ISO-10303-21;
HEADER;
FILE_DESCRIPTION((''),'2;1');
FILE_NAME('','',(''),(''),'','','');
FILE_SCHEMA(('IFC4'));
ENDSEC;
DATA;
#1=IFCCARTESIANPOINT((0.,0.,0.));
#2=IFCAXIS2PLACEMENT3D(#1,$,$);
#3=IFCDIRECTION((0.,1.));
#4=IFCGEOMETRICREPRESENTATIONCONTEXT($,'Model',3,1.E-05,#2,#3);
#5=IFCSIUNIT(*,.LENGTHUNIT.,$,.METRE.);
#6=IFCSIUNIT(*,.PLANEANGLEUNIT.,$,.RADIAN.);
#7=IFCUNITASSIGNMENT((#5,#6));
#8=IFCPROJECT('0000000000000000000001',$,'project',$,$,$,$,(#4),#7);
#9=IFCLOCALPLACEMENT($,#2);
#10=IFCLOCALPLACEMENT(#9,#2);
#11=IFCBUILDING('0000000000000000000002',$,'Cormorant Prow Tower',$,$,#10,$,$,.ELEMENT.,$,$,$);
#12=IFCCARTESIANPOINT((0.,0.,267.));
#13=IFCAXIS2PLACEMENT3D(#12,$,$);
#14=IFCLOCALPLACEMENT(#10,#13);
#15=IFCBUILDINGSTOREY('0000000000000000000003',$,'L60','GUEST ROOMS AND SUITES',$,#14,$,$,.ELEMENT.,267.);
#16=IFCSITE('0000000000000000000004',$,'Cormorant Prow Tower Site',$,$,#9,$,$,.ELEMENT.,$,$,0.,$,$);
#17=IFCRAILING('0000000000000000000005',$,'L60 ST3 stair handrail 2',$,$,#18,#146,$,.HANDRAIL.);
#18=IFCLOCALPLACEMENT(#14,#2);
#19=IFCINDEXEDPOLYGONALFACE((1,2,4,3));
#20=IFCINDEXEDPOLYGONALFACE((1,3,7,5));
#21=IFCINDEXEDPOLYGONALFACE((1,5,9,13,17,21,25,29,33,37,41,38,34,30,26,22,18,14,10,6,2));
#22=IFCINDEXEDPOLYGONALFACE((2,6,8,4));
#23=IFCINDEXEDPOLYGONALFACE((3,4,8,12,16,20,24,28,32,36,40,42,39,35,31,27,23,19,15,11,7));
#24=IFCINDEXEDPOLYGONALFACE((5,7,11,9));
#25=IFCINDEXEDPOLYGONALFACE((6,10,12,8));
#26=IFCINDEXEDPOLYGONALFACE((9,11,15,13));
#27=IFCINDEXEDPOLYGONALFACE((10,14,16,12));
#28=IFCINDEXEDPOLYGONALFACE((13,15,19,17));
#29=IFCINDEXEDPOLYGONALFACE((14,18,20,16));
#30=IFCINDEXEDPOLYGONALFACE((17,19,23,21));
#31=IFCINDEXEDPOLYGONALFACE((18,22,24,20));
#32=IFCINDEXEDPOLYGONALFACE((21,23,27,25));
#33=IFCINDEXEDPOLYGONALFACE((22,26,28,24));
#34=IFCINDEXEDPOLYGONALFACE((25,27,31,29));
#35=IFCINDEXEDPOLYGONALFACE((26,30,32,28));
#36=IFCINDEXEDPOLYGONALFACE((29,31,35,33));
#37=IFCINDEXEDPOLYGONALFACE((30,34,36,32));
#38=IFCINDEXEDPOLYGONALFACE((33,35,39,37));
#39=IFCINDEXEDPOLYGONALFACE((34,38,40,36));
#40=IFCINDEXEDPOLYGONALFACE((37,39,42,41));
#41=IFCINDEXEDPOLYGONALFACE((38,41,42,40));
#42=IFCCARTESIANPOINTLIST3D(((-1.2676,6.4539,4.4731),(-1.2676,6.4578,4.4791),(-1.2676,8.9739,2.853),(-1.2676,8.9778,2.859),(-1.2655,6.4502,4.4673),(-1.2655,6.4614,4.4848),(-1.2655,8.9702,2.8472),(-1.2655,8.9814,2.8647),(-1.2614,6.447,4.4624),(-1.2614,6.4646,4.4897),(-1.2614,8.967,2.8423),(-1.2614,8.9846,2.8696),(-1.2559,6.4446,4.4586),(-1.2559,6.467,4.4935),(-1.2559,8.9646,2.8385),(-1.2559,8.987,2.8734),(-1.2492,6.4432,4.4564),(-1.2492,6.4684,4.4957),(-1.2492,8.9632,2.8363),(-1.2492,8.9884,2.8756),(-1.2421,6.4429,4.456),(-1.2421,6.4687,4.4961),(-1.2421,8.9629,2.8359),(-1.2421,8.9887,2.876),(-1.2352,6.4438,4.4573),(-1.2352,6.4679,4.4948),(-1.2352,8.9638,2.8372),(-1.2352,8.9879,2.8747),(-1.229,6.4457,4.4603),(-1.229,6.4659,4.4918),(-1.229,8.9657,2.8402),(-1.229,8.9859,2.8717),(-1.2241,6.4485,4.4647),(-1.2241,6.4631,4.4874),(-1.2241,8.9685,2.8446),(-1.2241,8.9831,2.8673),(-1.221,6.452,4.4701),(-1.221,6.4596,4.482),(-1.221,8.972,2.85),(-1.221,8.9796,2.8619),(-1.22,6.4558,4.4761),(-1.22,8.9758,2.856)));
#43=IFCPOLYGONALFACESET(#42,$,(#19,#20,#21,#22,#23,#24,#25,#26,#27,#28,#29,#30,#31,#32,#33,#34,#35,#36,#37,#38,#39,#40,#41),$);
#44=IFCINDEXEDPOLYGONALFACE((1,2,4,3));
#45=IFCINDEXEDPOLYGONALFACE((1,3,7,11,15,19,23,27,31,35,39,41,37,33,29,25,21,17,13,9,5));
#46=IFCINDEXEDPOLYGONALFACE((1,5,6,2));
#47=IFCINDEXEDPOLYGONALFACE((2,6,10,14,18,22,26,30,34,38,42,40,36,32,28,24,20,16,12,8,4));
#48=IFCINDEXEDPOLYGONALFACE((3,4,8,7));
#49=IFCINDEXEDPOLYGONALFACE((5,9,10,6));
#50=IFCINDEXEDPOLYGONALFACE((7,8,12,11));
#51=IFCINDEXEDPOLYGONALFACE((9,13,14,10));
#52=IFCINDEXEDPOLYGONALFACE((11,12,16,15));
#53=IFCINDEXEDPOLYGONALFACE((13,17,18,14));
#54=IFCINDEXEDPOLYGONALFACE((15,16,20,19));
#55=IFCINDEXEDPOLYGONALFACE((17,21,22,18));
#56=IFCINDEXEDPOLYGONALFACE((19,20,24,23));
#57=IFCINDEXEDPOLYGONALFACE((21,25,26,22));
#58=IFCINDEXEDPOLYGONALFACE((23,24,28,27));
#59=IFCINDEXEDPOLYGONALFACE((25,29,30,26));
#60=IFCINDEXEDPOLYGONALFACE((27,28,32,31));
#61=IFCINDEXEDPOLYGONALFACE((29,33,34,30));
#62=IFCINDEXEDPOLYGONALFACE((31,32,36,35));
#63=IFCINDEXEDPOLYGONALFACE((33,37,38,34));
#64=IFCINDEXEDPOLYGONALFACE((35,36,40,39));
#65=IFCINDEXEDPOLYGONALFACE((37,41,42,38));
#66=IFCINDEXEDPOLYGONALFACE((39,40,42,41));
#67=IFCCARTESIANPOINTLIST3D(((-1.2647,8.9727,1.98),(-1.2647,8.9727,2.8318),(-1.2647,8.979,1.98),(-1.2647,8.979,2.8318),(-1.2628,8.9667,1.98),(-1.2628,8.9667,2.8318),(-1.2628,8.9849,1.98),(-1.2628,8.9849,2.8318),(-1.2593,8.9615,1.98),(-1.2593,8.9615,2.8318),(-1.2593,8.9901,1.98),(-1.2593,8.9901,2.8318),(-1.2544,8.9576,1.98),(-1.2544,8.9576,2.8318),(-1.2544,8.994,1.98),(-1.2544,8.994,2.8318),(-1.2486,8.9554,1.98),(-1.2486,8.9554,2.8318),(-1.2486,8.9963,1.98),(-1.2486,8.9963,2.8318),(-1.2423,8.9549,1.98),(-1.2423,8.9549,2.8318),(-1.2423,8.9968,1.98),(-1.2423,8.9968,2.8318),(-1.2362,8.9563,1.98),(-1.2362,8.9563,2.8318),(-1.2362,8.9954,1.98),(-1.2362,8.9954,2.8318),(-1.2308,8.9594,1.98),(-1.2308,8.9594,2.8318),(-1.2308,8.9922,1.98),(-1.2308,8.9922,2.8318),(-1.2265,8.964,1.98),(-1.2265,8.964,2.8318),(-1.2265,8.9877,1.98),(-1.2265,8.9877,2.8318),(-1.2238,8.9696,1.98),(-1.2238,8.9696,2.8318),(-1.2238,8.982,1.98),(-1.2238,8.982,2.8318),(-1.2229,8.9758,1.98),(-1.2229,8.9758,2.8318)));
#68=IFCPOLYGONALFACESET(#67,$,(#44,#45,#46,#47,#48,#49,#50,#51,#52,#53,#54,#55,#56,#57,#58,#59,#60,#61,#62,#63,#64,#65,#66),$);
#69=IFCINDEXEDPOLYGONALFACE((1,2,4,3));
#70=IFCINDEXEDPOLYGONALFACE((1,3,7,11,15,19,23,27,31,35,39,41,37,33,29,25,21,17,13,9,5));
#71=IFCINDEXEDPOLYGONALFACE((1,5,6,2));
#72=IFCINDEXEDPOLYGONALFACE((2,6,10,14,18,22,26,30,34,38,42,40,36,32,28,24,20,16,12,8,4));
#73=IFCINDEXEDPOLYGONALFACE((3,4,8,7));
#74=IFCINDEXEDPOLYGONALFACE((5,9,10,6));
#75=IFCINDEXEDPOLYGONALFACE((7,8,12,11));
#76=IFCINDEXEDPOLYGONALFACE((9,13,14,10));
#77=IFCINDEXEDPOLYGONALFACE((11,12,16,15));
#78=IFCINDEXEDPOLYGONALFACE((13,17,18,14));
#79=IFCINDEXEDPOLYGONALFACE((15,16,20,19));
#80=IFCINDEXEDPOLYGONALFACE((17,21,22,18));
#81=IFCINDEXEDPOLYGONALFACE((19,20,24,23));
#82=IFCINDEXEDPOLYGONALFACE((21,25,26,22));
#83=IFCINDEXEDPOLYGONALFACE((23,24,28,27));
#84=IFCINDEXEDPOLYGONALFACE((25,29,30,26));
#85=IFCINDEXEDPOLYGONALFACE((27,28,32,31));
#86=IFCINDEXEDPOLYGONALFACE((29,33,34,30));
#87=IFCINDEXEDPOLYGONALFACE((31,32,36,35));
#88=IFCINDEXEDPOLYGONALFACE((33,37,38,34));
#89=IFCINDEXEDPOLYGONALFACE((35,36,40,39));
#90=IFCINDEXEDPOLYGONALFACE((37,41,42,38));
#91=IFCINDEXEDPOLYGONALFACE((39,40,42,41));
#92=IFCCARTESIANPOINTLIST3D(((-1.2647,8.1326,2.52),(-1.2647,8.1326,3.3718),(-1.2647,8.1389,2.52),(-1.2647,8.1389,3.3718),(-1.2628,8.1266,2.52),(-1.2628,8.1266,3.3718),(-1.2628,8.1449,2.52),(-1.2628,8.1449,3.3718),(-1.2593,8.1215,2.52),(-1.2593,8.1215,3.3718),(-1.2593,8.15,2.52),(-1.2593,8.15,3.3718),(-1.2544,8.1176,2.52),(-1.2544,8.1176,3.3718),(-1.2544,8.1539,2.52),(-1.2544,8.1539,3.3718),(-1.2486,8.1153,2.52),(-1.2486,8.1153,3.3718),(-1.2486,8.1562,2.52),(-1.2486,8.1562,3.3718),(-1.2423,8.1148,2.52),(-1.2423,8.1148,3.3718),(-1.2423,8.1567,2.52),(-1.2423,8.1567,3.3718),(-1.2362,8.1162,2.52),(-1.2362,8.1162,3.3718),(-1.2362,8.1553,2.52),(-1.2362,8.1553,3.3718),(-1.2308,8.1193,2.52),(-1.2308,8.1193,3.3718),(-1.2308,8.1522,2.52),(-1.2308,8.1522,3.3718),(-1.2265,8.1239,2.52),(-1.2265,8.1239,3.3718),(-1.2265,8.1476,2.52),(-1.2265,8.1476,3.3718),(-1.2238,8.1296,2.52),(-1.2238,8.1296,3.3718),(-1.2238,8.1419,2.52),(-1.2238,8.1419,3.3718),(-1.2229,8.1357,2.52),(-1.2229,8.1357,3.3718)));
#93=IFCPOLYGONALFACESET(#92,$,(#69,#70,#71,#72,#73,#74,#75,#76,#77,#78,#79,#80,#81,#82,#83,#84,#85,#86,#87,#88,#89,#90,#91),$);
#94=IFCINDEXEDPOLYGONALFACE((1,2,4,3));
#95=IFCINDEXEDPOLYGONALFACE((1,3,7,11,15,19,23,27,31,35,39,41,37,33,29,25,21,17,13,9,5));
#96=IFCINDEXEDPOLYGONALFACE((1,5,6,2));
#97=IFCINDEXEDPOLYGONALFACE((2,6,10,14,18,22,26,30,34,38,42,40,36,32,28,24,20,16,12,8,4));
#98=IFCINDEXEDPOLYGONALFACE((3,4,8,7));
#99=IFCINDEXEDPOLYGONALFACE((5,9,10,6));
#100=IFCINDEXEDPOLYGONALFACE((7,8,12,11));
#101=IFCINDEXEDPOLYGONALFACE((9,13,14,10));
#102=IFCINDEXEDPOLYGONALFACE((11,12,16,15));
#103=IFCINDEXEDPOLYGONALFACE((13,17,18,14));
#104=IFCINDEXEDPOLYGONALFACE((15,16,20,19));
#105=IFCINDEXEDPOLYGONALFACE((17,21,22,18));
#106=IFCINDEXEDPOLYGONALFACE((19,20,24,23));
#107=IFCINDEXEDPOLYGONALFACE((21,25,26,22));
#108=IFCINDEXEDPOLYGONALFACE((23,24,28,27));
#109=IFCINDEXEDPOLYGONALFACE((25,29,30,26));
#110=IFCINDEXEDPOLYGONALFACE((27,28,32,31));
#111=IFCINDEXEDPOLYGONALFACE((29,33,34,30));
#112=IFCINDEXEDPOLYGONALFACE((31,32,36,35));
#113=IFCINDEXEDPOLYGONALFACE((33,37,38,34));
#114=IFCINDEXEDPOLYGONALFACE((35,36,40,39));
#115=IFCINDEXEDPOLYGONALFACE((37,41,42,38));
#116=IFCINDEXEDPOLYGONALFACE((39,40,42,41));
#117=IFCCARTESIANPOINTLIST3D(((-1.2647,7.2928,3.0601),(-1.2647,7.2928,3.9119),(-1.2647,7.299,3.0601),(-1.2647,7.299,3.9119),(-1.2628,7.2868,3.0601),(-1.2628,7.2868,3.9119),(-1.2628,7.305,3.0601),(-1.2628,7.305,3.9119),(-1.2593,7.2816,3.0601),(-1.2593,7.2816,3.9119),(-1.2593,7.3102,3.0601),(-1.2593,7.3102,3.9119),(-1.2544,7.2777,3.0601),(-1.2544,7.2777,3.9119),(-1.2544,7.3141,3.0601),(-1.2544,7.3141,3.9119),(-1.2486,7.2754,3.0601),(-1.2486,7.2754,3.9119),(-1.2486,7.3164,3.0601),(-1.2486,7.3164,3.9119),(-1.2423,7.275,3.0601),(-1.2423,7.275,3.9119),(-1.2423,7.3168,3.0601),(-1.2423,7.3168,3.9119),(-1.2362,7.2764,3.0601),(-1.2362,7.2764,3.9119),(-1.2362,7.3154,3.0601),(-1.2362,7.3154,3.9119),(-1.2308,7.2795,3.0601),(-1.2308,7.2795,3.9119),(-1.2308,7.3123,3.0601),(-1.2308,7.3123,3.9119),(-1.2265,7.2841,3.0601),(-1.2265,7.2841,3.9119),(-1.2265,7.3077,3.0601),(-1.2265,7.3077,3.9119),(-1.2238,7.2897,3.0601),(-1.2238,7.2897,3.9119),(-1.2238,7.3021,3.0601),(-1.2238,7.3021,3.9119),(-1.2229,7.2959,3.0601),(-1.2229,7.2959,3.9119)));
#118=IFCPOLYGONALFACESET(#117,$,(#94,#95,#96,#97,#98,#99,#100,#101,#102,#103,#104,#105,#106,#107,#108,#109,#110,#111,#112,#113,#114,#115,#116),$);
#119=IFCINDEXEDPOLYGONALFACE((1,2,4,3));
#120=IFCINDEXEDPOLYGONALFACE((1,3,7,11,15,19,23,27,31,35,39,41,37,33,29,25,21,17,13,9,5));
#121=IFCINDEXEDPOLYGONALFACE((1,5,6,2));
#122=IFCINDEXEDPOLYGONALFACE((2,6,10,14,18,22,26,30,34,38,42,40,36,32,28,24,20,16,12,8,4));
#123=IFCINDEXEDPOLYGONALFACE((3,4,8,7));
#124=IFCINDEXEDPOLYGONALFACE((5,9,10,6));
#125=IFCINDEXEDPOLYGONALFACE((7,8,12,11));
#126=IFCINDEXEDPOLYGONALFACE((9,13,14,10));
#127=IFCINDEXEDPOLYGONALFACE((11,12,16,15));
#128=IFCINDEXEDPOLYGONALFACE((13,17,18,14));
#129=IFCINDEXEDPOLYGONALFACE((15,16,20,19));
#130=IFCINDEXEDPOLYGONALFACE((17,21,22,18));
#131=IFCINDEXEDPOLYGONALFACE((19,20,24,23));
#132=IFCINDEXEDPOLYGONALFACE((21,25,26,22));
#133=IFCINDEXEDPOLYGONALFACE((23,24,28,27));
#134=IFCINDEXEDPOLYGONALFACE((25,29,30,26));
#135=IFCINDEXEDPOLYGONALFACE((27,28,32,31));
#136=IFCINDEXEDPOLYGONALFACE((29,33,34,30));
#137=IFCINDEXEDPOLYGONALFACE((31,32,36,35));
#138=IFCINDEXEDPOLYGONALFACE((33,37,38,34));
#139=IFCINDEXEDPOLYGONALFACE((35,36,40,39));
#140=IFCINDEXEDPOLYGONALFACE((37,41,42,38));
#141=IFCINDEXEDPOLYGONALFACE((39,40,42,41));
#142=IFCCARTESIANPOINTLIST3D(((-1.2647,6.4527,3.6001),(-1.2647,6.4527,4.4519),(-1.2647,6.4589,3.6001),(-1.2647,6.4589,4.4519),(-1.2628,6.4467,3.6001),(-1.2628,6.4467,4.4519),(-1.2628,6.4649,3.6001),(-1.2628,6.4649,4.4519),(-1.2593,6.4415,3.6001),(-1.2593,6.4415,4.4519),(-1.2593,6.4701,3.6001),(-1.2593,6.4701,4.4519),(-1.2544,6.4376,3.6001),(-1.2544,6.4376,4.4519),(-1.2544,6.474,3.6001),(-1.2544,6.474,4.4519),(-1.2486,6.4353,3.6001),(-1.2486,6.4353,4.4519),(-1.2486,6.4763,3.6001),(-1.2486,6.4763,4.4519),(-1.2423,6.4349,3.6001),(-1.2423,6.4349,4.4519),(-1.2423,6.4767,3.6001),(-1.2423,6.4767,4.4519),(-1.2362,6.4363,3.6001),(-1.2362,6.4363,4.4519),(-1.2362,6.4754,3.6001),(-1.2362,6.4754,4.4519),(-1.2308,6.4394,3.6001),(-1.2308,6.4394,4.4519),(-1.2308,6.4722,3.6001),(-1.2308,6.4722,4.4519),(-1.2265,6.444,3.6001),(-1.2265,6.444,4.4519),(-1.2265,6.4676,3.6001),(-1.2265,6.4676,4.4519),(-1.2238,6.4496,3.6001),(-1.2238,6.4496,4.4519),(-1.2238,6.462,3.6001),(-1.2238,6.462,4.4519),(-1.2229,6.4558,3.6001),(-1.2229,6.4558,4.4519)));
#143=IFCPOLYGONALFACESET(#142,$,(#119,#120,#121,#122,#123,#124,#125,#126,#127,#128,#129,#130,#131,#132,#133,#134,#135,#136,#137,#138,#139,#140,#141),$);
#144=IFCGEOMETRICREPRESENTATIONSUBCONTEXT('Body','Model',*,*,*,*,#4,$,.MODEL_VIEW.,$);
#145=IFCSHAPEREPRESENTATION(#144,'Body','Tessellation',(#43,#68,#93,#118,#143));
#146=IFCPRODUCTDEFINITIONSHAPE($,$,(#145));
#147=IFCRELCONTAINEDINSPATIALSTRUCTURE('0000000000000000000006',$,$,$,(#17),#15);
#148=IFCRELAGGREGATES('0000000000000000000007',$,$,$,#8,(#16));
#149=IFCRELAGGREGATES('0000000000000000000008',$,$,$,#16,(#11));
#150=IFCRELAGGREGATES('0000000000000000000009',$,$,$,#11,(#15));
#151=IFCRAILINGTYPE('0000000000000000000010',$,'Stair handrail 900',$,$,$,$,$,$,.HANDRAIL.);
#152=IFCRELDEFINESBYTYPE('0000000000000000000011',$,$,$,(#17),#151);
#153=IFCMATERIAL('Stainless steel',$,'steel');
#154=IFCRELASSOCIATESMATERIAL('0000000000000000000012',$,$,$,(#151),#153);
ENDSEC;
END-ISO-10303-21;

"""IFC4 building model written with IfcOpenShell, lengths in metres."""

from ifc_helpers import new_model, si_unit, direction, frame, origin, origin_2d, place, context, subcontext, project, spatial, circle, extrude, material, type_object, element, save


model = new_model("IFC4")

# Units and contexts
model_context = context("Model", 3, precision=1e-05, world=origin(), true_north=direction((0.0, 1.0)))
body_context = subcontext(model_context, "Body", "Model", "MODEL_VIEW")
ifc_project = project(units=[si_unit("LENGTHUNIT", "METRE"), si_unit("PLANEANGLEUNIT", "RADIAN")], contexts=[model_context])

# Site, building, storey
site_placement = place(None, origin())
site = spatial("IfcSite", under=ifc_project, at=site_placement, Name="Cormorant Prow Tower Site", CompositionType="ELEMENT", RefElevation=0.0)
building_placement = place(site_placement, origin())
building = spatial("IfcBuilding", under=site, at=building_placement, Name="Cormorant Prow Tower", CompositionType="ELEMENT")
storey_placement = place(building_placement, frame((0.0, 0.0, 267.0)))
storey = spatial("IfcBuildingStorey", under=building, at=storey_placement, Name="L60", Description="GUEST ROOMS AND SUITES", CompositionType="ELEMENT", Elevation=267.0)

# Railing
ifc_material_1 = material(Name="Stainless steel", Category="steel")
railing_type = type_object("IfcRailingType", Name="Stair handrail 900", PredefinedType="HANDRAIL", material=ifc_material_1)
railing_1_placement = place(storey_placement, frame((-1.2439, 8.9758, 1.98)))
element("IfcRailing", 1, at=railing_1_placement, inside=storey, type_object=railing_type, Name="L60 ST3 stair handrail 2", PredefinedType="HANDRAIL", context=body_context, shape_type="SweptSolid", body=[
    extrude(circle(Radius=0.0239, at=origin_2d()), frame((0.0, 0.0, 0.876), z_axis=(0.0, -0.841163, 0.540782), x_axis=(1.0, 0.0, 0.0)), (0.0, 0.0, 1.0), 2.9958),
    extrude(circle(Radius=0.021, at=origin_2d()), origin(), (0.0, 0.0, 1.0), 0.8518),
    extrude(circle(Radius=0.021, at=origin_2d()), frame((0.0, -0.8401, 0.54)), (0.0, 0.0, 1.0), 0.8518),
    extrude(circle(Radius=0.021, at=origin_2d()), frame((0.0, -1.6799, 1.0801)), (0.0, 0.0, 1.0), 0.8518),
    extrude(circle(Radius=0.021, at=origin_2d()), frame((0.0, -2.52, 1.6201)), (0.0, 0.0, 1.0), 0.8518),
])

save(model, "model.ifc")
